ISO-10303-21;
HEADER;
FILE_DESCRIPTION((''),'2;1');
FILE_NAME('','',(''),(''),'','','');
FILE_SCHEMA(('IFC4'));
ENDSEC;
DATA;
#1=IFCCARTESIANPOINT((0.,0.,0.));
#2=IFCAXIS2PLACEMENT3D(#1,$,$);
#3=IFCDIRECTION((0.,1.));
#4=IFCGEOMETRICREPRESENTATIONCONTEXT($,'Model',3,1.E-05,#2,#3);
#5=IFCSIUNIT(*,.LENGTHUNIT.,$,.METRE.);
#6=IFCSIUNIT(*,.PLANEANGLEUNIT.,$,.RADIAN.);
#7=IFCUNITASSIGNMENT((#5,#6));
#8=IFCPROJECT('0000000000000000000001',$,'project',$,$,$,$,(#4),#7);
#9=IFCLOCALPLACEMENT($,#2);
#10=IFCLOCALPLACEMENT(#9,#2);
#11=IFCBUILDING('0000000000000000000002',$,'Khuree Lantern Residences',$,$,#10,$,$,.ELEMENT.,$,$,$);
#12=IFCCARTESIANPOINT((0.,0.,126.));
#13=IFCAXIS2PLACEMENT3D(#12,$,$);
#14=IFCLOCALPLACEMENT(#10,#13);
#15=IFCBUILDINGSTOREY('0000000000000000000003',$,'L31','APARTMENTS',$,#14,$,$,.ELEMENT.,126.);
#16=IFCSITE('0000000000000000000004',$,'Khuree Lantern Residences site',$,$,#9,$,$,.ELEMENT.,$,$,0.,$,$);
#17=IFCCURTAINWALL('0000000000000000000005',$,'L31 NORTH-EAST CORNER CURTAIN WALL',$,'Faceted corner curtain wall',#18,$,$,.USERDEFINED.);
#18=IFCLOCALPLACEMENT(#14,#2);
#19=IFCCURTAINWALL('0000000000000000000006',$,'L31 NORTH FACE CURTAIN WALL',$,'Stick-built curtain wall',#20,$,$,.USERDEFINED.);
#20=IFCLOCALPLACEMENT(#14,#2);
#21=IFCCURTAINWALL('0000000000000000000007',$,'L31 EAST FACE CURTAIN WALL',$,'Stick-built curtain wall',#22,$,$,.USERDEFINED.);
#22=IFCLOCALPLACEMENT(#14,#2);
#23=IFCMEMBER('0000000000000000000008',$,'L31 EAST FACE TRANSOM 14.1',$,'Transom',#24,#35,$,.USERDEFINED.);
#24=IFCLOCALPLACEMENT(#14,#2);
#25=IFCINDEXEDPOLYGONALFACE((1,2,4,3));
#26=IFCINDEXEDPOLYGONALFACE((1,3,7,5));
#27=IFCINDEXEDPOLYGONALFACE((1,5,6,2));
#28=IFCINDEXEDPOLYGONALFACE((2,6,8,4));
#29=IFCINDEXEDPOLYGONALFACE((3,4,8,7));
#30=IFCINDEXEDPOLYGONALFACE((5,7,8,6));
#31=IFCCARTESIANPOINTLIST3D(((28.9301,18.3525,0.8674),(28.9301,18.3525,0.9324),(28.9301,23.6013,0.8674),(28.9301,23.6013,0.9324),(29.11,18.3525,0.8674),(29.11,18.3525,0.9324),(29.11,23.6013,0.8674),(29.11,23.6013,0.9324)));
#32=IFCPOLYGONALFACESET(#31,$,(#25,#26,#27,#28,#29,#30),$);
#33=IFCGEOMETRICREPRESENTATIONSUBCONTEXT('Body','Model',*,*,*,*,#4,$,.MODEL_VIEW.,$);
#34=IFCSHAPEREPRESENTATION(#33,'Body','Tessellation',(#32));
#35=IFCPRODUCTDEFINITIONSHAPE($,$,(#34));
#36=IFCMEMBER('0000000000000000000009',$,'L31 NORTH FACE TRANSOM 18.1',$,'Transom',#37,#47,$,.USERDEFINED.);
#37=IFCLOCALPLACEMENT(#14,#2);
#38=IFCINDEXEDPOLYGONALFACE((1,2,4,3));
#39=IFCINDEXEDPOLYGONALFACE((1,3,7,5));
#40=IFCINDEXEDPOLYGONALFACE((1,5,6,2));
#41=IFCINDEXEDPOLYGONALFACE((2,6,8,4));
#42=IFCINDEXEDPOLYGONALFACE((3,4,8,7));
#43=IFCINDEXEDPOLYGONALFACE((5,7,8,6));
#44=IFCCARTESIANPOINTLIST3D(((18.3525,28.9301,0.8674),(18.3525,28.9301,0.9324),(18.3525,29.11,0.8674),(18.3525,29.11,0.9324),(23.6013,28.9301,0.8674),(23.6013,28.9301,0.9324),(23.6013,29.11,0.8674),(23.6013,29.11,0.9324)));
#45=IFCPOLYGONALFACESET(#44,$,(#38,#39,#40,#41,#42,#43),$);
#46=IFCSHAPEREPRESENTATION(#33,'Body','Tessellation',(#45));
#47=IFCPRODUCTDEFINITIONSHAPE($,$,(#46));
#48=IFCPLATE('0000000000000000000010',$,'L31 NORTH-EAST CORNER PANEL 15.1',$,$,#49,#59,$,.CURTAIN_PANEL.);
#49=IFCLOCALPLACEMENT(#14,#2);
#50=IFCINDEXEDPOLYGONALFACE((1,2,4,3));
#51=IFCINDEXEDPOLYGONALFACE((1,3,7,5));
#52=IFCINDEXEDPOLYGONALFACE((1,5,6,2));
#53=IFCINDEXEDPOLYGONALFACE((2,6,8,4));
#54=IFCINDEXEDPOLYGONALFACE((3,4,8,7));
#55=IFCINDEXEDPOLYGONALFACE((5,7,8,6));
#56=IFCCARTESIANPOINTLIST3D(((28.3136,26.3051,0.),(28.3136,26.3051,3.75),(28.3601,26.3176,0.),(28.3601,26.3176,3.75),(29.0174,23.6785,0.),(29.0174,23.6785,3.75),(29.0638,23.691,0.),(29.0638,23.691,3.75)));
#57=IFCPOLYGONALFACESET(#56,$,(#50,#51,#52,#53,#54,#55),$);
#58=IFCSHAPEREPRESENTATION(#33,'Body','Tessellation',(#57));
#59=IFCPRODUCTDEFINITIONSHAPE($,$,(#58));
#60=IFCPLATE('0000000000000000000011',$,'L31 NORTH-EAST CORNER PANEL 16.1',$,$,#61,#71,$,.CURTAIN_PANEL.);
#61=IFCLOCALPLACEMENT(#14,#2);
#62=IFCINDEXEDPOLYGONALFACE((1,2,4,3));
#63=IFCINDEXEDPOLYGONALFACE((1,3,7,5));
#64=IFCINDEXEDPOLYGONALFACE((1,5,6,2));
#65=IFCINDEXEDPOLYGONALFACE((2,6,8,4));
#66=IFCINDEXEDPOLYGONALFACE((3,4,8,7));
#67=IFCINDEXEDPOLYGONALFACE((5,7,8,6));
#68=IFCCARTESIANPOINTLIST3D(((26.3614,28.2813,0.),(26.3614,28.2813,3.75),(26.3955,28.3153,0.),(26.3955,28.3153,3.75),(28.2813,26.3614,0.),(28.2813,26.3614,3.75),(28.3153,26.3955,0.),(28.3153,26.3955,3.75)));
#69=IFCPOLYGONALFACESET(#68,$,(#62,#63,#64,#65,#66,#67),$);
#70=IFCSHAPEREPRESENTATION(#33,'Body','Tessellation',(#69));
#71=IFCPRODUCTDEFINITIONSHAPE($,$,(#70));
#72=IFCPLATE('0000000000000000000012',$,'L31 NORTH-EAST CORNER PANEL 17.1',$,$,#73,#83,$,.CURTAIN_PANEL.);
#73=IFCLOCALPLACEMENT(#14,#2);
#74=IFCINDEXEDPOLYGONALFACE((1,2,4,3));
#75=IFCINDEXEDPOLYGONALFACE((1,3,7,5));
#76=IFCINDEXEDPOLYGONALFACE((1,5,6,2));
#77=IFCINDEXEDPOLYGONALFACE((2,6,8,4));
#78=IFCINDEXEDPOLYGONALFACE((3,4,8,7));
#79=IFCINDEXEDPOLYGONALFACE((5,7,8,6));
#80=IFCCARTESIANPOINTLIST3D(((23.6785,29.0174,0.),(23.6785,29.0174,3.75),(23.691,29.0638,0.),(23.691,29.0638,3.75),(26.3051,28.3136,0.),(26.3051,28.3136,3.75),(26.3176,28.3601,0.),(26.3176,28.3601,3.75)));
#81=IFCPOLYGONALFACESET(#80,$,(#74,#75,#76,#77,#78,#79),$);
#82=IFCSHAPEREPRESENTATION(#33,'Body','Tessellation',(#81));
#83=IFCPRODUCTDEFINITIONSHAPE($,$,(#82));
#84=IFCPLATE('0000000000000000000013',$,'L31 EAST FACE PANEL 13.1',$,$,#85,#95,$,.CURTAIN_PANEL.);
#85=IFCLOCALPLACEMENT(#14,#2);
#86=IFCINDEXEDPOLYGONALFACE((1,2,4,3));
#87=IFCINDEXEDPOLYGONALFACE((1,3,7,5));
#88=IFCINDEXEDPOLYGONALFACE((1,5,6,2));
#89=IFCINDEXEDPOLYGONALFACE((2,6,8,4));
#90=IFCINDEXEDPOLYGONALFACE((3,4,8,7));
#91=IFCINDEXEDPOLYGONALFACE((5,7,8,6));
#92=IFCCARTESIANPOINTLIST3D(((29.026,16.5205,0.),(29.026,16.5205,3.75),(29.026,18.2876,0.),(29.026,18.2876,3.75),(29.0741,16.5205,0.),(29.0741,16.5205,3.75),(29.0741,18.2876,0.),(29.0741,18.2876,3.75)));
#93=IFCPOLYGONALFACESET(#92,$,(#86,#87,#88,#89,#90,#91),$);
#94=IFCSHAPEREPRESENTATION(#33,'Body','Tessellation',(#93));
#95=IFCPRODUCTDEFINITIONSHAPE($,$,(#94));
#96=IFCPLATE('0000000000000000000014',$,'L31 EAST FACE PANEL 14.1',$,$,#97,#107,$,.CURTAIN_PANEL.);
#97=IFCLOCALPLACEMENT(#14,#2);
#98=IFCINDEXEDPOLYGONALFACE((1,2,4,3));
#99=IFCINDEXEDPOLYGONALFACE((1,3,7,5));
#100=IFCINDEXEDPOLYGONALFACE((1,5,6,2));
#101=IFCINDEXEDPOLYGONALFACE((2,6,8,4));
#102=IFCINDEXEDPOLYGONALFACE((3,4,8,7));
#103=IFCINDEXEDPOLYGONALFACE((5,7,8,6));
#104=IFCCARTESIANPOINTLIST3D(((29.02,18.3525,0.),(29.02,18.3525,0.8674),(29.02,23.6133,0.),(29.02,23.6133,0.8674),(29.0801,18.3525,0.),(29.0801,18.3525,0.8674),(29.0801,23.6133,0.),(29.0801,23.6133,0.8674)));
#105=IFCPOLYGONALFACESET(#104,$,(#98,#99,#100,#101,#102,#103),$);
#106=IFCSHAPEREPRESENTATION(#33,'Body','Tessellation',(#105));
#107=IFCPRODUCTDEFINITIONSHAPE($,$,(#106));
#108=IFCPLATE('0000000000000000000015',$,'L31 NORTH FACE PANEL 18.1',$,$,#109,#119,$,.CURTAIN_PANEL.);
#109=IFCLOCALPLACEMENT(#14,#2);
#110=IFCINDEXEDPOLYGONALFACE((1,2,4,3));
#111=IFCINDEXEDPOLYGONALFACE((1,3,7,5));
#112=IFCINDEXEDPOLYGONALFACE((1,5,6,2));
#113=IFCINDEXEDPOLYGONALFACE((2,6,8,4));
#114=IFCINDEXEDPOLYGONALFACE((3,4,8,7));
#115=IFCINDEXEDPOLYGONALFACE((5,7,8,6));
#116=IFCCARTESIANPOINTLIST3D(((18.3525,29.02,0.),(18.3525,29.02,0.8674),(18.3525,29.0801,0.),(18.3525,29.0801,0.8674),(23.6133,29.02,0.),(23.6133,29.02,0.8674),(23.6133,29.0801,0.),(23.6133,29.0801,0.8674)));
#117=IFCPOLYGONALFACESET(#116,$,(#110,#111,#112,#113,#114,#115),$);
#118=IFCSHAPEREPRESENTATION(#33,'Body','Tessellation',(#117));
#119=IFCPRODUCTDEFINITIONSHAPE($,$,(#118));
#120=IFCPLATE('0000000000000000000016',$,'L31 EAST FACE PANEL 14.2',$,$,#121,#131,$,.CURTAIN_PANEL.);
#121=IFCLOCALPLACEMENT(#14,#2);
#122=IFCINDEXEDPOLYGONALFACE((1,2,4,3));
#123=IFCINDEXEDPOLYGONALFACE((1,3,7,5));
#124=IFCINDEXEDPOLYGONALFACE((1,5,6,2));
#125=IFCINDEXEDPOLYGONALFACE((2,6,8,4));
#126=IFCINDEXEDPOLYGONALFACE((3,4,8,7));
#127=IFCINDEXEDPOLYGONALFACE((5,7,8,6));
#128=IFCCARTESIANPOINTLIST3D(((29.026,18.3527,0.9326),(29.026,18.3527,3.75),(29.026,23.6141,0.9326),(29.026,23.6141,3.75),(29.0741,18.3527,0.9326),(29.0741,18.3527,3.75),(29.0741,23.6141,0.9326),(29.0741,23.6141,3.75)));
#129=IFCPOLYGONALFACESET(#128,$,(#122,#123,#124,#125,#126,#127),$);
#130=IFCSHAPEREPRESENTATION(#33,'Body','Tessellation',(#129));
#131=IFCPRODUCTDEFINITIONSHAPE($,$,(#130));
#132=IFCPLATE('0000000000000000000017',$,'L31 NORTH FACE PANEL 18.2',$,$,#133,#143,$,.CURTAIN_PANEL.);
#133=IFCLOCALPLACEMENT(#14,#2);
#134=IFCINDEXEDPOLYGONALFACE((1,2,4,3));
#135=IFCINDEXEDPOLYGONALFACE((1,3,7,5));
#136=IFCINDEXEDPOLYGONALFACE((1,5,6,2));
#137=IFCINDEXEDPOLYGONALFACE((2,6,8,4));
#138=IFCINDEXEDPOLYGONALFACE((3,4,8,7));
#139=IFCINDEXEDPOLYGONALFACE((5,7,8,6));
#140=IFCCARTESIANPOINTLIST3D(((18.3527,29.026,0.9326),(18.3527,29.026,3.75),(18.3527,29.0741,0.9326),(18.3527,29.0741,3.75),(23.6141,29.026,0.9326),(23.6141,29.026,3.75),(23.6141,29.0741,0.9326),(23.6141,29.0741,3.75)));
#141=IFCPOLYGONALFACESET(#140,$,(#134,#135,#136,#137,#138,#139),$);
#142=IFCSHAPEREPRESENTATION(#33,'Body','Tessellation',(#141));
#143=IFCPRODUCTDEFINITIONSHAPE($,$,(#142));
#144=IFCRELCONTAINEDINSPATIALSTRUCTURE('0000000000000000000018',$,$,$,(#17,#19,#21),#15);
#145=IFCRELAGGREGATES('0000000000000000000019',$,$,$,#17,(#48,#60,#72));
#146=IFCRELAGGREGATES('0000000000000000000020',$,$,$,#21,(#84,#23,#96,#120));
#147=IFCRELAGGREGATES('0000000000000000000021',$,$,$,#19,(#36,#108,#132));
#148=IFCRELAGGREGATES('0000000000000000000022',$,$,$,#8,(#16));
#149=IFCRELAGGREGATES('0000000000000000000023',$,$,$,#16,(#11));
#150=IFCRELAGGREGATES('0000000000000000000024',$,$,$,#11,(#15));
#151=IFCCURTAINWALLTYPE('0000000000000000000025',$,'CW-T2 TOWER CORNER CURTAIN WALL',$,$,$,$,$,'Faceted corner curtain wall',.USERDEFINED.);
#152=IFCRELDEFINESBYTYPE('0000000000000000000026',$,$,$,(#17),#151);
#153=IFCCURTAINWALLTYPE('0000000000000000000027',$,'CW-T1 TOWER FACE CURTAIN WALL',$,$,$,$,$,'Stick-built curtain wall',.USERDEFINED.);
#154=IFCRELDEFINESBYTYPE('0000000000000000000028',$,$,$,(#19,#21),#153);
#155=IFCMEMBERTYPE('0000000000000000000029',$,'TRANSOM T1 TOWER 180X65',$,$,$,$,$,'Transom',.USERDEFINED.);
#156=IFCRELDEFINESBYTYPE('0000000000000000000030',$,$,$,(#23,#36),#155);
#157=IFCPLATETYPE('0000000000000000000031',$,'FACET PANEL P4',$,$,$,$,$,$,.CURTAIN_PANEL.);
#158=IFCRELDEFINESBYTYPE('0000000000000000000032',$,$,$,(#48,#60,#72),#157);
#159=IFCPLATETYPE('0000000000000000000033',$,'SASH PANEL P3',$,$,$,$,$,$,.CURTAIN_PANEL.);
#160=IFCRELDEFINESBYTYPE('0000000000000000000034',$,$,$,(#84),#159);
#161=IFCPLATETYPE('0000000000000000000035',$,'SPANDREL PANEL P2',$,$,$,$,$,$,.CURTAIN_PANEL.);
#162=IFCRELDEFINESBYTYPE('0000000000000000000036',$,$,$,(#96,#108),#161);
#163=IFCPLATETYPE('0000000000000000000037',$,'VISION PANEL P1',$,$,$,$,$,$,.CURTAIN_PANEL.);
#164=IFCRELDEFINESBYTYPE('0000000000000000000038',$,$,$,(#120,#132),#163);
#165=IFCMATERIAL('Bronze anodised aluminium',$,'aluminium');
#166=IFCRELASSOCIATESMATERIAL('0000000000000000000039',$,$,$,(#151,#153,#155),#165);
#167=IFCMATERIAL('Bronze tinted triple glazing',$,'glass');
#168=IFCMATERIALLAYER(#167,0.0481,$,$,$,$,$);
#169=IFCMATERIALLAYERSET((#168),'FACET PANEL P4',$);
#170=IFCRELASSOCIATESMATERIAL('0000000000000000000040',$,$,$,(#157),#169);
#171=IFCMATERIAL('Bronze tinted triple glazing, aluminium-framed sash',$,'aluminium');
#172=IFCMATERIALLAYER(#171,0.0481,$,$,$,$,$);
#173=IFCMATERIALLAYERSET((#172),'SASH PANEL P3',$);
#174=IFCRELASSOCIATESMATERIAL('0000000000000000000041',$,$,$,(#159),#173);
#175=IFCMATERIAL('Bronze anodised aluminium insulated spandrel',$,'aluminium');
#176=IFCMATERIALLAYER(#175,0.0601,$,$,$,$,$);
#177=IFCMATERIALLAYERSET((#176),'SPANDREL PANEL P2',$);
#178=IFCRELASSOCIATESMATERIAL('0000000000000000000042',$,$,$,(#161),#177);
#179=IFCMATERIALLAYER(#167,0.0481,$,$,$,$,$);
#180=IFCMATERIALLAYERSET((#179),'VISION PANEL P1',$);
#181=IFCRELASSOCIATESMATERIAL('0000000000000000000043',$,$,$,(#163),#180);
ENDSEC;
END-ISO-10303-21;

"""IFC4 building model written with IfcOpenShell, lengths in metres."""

from ifc_helpers import new_model, si_unit, direction, frame, origin, origin_2d, place, context, subcontext, project, spatial, rectangle, extrude, material, layer, layer_set, material_profile, profile_set, type_object, element, aggregate, save


model = new_model("IFC4")

# Units and contexts
model_context = context("Model", 3, precision=1e-05, world=origin(), true_north=direction((0.0, 1.0)))
body_context = subcontext(model_context, "Body", "Model", "MODEL_VIEW")
ifc_project = project(units=[si_unit("LENGTHUNIT", "METRE"), si_unit("PLANEANGLEUNIT", "RADIAN")], contexts=[model_context])

# Site, building, storey
site_placement = place(None, origin())
site = spatial("IfcSite", under=ifc_project, at=site_placement, Name="Khuree Lantern Residences site", CompositionType="ELEMENT", RefElevation=0.0)
building_placement = place(site_placement, origin())
building = spatial("IfcBuilding", under=site, at=building_placement, Name="Khuree Lantern Residences", CompositionType="ELEMENT")
storey_placement = place(building_placement, frame((0.0, 0.0, 126.0)))
storey = spatial("IfcBuildingStorey", under=building, at=storey_placement, Name="L31", Description="APARTMENTS", CompositionType="ELEMENT", Elevation=126.0)

# Curtain walls
ifc_material_1 = material(Name="Bronze anodised aluminium", Category="aluminium")
curtain_wall_type_1 = type_object("IfcCurtainWallType", Name="CW-T2 TOWER CORNER CURTAIN WALL", ElementType="Faceted corner curtain wall", PredefinedType="USERDEFINED", material=ifc_material_1)
curtain_wall_1_placement = place(storey_placement, origin())
curtain_wall_1 = element("IfcCurtainWall", 1, at=curtain_wall_1_placement, inside=storey, type_object=curtain_wall_type_1, Name="L31 NORTH-EAST CORNER CURTAIN WALL", ObjectType="Faceted corner curtain wall", PredefinedType="USERDEFINED")
curtain_wall_type_2 = type_object("IfcCurtainWallType", Name="CW-T1 TOWER FACE CURTAIN WALL", ElementType="Stick-built curtain wall", PredefinedType="USERDEFINED", material=ifc_material_1)
curtain_wall_2_placement = place(storey_placement, origin())
curtain_wall_2 = element("IfcCurtainWall", 2, at=curtain_wall_2_placement, inside=storey, type_object=curtain_wall_type_2, Name="L31 NORTH FACE CURTAIN WALL", ObjectType="Stick-built curtain wall", PredefinedType="USERDEFINED")

# Curtain wall
curtain_wall_3_placement = place(storey_placement, origin())
curtain_wall_3 = element("IfcCurtainWall", 3, at=curtain_wall_3_placement, inside=storey, type_object=curtain_wall_type_2, Name="L31 EAST FACE CURTAIN WALL", ObjectType="Stick-built curtain wall", PredefinedType="USERDEFINED")

# Members
ifc_material_profile_1 = material_profile(ifc_material_1, rectangle(XDim=0.1799, YDim=0.0649, at=origin_2d()), Name="T1 180X65")
ifc_profile_set_1 = profile_set([ifc_material_profile_1], Name="Bronze anodised aluminium")
member_type_1 = type_object("IfcMemberType", Name="TRANSOM T1 TOWER 180X65", ElementType="Transom", PredefinedType="USERDEFINED", material=ifc_profile_set_1)
member_1_placement = place(storey_placement, frame((29.02, 18.3525, 0.8999), z_axis=(0.0, 1.0, 0.0), x_axis=(-1.0, 0.0, 0.0)))
member_1 = element("IfcMember", 4, at=member_1_placement, type_object=member_type_1, Name="L31 EAST FACE TRANSOM 14.1", ObjectType="Transom", PredefinedType="USERDEFINED", context=body_context, shape_type="SweptSolid", body=[
    extrude(rectangle(XDim=0.1799, YDim=0.0649, at=origin_2d()), origin(), (0.0, 0.0, 1.0), 5.2488),
])
member_2_placement = place(storey_placement, frame((23.6013, 29.02, 0.8999), z_axis=(-1.0, 0.0, 0.0), x_axis=(0.0, -1.0, 0.0)))
member_2 = element("IfcMember", 5, at=member_2_placement, type_object=member_type_1, Name="L31 NORTH FACE TRANSOM 18.1", ObjectType="Transom", PredefinedType="USERDEFINED", context=body_context, shape_type="SweptSolid", body=[
    extrude(rectangle(XDim=0.1799, YDim=0.0649, at=origin_2d()), origin(), (0.0, 0.0, 1.0), 5.2488),
])

# Plates
ifc_material_2 = material(Name="Bronze tinted triple glazing", Category="glass")
ifc_layer_1 = layer(ifc_material_2, 0.0481)
ifc_layer_set_1 = layer_set([ifc_layer_1], Name="FACET PANEL P4")
plate_type_1 = type_object("IfcPlateType", Name="FACET PANEL P4", PredefinedType="CURTAIN_PANEL", material=ifc_layer_set_1)
plate_1_placement = place(storey_placement, frame((28.6887, 24.998, 0.0), z_axis=(0.0, 0.0, 1.0), x_axis=(-0.258819, 0.965926, 0.0)))
plate_1 = element("IfcPlate", 6, at=plate_1_placement, type_object=plate_type_1, Name="L31 NORTH-EAST CORNER PANEL 15.1", PredefinedType="CURTAIN_PANEL", context=body_context, shape_type="SweptSolid", body=[
    extrude(rectangle(XDim=2.7192, YDim=0.0481, at=origin_2d()), origin(), (0.0, 0.0, 1.0), 3.75),
])
plate_2_placement = place(storey_placement, frame((27.3384, 27.3384, 0.0), z_axis=(0.0, 0.0, 1.0), x_axis=(-0.707107, 0.707107, 0.0)))
plate_2 = element("IfcPlate", 7, at=plate_2_placement, type_object=plate_type_1, Name="L31 NORTH-EAST CORNER PANEL 16.1", PredefinedType="CURTAIN_PANEL", context=body_context, shape_type="SweptSolid", body=[
    extrude(rectangle(XDim=2.7151, YDim=0.0481, at=origin_2d()), origin(), (0.0, 0.0, 1.0), 3.75),
])
plate_3_placement = place(storey_placement, frame((24.998, 28.6887, 0.0), z_axis=(0.0, 0.0, 1.0), x_axis=(-0.965926, 0.258819, 0.0)))
plate_3 = element("IfcPlate", 8, at=plate_3_placement, type_object=plate_type_1, Name="L31 NORTH-EAST CORNER PANEL 17.1", PredefinedType="CURTAIN_PANEL", context=body_context, shape_type="SweptSolid", body=[
    extrude(rectangle(XDim=2.7192, YDim=0.0481, at=origin_2d()), origin(), (0.0, 0.0, 1.0), 3.75),
])
aggregate(curtain_wall_1, [plate_1, plate_2, plate_3])
ifc_material_3 = material(Name="Bronze tinted triple glazing, aluminium-framed sash", Category="aluminium")
ifc_layer_2 = layer(ifc_material_3, 0.0481)
ifc_layer_set_2 = layer_set([ifc_layer_2], Name="SASH PANEL P3")
plate_type_2 = type_object("IfcPlateType", Name="SASH PANEL P3", PredefinedType="CURTAIN_PANEL", material=ifc_layer_set_2)
plate_4_placement = place(storey_placement, frame((29.05, 17.4041, 0.0), z_axis=(0.0, 0.0, 1.0), x_axis=(0.0, 1.0, 0.0)))
plate_4 = element("IfcPlate", 9, at=plate_4_placement, type_object=plate_type_2, Name="L31 EAST FACE PANEL 13.1", PredefinedType="CURTAIN_PANEL", context=body_context, shape_type="SweptSolid", body=[
    extrude(rectangle(XDim=1.7671, YDim=0.0481, at=origin_2d()), origin(), (0.0, 0.0, 1.0), 3.75),
])
ifc_material_4 = material(Name="Bronze anodised aluminium insulated spandrel", Category="aluminium")
ifc_layer_3 = layer(ifc_material_4, 0.0601)
ifc_layer_set_3 = layer_set([ifc_layer_3], Name="SPANDREL PANEL P2")
plate_type_3 = type_object("IfcPlateType", Name="SPANDREL PANEL P2", PredefinedType="CURTAIN_PANEL", material=ifc_layer_set_3)
plate_5_placement = place(storey_placement, frame((29.05, 20.9829, 0.0), z_axis=(0.0, 0.0, 1.0), x_axis=(0.0, 1.0, 0.0)))
plate_5 = element("IfcPlate", 10, at=plate_5_placement, type_object=plate_type_3, Name="L31 EAST FACE PANEL 14.1", PredefinedType="CURTAIN_PANEL", context=body_context, shape_type="SweptSolid", body=[
    extrude(rectangle(XDim=5.2607, YDim=0.0601, at=origin_2d()), origin(), (0.0, 0.0, 1.0), 0.8674),
])
plate_6_placement = place(storey_placement, frame((20.9829, 29.05, 0.0), z_axis=(0.0, 0.0, 1.0), x_axis=(-1.0, 0.0, 0.0)))
plate_6 = element("IfcPlate", 11, at=plate_6_placement, type_object=plate_type_3, Name="L31 NORTH FACE PANEL 18.1", PredefinedType="CURTAIN_PANEL", context=body_context, shape_type="SweptSolid", body=[
    extrude(rectangle(XDim=5.2607, YDim=0.0601, at=origin_2d()), origin(), (0.0, 0.0, 1.0), 0.8674),
])
ifc_layer_4 = layer(ifc_material_2, 0.0481)
ifc_layer_set_4 = layer_set([ifc_layer_4], Name="VISION PANEL P1")
plate_type_4 = type_object("IfcPlateType", Name="VISION PANEL P1", PredefinedType="CURTAIN_PANEL", material=ifc_layer_set_4)
plate_7_placement = place(storey_placement, frame((29.05, 20.9834, 0.9326), z_axis=(0.0, 0.0, 1.0), x_axis=(0.0, 1.0, 0.0)))
plate_7 = element("IfcPlate", 12, at=plate_7_placement, type_object=plate_type_4, Name="L31 EAST FACE PANEL 14.2", PredefinedType="CURTAIN_PANEL", context=body_context, shape_type="SweptSolid", body=[
    extrude(rectangle(XDim=5.2615, YDim=0.0481, at=origin_2d()), origin(), (0.0, 0.0, 1.0), 2.8174),
])
aggregate(curtain_wall_3, [plate_4, member_1, plate_5, plate_7])
plate_8_placement = place(storey_placement, frame((20.9834, 29.05, 0.9326), z_axis=(0.0, 0.0, 1.0), x_axis=(-1.0, 0.0, 0.0)))
plate_8 = element("IfcPlate", 13, at=plate_8_placement, type_object=plate_type_4, Name="L31 NORTH FACE PANEL 18.2", PredefinedType="CURTAIN_PANEL", context=body_context, shape_type="SweptSolid", body=[
    extrude(rectangle(XDim=5.2615, YDim=0.0481, at=origin_2d()), origin(), (0.0, 0.0, 1.0), 2.8174),
])
aggregate(curtain_wall_2, [member_2, plate_6, plate_8])

save(model, "model.ifc")
